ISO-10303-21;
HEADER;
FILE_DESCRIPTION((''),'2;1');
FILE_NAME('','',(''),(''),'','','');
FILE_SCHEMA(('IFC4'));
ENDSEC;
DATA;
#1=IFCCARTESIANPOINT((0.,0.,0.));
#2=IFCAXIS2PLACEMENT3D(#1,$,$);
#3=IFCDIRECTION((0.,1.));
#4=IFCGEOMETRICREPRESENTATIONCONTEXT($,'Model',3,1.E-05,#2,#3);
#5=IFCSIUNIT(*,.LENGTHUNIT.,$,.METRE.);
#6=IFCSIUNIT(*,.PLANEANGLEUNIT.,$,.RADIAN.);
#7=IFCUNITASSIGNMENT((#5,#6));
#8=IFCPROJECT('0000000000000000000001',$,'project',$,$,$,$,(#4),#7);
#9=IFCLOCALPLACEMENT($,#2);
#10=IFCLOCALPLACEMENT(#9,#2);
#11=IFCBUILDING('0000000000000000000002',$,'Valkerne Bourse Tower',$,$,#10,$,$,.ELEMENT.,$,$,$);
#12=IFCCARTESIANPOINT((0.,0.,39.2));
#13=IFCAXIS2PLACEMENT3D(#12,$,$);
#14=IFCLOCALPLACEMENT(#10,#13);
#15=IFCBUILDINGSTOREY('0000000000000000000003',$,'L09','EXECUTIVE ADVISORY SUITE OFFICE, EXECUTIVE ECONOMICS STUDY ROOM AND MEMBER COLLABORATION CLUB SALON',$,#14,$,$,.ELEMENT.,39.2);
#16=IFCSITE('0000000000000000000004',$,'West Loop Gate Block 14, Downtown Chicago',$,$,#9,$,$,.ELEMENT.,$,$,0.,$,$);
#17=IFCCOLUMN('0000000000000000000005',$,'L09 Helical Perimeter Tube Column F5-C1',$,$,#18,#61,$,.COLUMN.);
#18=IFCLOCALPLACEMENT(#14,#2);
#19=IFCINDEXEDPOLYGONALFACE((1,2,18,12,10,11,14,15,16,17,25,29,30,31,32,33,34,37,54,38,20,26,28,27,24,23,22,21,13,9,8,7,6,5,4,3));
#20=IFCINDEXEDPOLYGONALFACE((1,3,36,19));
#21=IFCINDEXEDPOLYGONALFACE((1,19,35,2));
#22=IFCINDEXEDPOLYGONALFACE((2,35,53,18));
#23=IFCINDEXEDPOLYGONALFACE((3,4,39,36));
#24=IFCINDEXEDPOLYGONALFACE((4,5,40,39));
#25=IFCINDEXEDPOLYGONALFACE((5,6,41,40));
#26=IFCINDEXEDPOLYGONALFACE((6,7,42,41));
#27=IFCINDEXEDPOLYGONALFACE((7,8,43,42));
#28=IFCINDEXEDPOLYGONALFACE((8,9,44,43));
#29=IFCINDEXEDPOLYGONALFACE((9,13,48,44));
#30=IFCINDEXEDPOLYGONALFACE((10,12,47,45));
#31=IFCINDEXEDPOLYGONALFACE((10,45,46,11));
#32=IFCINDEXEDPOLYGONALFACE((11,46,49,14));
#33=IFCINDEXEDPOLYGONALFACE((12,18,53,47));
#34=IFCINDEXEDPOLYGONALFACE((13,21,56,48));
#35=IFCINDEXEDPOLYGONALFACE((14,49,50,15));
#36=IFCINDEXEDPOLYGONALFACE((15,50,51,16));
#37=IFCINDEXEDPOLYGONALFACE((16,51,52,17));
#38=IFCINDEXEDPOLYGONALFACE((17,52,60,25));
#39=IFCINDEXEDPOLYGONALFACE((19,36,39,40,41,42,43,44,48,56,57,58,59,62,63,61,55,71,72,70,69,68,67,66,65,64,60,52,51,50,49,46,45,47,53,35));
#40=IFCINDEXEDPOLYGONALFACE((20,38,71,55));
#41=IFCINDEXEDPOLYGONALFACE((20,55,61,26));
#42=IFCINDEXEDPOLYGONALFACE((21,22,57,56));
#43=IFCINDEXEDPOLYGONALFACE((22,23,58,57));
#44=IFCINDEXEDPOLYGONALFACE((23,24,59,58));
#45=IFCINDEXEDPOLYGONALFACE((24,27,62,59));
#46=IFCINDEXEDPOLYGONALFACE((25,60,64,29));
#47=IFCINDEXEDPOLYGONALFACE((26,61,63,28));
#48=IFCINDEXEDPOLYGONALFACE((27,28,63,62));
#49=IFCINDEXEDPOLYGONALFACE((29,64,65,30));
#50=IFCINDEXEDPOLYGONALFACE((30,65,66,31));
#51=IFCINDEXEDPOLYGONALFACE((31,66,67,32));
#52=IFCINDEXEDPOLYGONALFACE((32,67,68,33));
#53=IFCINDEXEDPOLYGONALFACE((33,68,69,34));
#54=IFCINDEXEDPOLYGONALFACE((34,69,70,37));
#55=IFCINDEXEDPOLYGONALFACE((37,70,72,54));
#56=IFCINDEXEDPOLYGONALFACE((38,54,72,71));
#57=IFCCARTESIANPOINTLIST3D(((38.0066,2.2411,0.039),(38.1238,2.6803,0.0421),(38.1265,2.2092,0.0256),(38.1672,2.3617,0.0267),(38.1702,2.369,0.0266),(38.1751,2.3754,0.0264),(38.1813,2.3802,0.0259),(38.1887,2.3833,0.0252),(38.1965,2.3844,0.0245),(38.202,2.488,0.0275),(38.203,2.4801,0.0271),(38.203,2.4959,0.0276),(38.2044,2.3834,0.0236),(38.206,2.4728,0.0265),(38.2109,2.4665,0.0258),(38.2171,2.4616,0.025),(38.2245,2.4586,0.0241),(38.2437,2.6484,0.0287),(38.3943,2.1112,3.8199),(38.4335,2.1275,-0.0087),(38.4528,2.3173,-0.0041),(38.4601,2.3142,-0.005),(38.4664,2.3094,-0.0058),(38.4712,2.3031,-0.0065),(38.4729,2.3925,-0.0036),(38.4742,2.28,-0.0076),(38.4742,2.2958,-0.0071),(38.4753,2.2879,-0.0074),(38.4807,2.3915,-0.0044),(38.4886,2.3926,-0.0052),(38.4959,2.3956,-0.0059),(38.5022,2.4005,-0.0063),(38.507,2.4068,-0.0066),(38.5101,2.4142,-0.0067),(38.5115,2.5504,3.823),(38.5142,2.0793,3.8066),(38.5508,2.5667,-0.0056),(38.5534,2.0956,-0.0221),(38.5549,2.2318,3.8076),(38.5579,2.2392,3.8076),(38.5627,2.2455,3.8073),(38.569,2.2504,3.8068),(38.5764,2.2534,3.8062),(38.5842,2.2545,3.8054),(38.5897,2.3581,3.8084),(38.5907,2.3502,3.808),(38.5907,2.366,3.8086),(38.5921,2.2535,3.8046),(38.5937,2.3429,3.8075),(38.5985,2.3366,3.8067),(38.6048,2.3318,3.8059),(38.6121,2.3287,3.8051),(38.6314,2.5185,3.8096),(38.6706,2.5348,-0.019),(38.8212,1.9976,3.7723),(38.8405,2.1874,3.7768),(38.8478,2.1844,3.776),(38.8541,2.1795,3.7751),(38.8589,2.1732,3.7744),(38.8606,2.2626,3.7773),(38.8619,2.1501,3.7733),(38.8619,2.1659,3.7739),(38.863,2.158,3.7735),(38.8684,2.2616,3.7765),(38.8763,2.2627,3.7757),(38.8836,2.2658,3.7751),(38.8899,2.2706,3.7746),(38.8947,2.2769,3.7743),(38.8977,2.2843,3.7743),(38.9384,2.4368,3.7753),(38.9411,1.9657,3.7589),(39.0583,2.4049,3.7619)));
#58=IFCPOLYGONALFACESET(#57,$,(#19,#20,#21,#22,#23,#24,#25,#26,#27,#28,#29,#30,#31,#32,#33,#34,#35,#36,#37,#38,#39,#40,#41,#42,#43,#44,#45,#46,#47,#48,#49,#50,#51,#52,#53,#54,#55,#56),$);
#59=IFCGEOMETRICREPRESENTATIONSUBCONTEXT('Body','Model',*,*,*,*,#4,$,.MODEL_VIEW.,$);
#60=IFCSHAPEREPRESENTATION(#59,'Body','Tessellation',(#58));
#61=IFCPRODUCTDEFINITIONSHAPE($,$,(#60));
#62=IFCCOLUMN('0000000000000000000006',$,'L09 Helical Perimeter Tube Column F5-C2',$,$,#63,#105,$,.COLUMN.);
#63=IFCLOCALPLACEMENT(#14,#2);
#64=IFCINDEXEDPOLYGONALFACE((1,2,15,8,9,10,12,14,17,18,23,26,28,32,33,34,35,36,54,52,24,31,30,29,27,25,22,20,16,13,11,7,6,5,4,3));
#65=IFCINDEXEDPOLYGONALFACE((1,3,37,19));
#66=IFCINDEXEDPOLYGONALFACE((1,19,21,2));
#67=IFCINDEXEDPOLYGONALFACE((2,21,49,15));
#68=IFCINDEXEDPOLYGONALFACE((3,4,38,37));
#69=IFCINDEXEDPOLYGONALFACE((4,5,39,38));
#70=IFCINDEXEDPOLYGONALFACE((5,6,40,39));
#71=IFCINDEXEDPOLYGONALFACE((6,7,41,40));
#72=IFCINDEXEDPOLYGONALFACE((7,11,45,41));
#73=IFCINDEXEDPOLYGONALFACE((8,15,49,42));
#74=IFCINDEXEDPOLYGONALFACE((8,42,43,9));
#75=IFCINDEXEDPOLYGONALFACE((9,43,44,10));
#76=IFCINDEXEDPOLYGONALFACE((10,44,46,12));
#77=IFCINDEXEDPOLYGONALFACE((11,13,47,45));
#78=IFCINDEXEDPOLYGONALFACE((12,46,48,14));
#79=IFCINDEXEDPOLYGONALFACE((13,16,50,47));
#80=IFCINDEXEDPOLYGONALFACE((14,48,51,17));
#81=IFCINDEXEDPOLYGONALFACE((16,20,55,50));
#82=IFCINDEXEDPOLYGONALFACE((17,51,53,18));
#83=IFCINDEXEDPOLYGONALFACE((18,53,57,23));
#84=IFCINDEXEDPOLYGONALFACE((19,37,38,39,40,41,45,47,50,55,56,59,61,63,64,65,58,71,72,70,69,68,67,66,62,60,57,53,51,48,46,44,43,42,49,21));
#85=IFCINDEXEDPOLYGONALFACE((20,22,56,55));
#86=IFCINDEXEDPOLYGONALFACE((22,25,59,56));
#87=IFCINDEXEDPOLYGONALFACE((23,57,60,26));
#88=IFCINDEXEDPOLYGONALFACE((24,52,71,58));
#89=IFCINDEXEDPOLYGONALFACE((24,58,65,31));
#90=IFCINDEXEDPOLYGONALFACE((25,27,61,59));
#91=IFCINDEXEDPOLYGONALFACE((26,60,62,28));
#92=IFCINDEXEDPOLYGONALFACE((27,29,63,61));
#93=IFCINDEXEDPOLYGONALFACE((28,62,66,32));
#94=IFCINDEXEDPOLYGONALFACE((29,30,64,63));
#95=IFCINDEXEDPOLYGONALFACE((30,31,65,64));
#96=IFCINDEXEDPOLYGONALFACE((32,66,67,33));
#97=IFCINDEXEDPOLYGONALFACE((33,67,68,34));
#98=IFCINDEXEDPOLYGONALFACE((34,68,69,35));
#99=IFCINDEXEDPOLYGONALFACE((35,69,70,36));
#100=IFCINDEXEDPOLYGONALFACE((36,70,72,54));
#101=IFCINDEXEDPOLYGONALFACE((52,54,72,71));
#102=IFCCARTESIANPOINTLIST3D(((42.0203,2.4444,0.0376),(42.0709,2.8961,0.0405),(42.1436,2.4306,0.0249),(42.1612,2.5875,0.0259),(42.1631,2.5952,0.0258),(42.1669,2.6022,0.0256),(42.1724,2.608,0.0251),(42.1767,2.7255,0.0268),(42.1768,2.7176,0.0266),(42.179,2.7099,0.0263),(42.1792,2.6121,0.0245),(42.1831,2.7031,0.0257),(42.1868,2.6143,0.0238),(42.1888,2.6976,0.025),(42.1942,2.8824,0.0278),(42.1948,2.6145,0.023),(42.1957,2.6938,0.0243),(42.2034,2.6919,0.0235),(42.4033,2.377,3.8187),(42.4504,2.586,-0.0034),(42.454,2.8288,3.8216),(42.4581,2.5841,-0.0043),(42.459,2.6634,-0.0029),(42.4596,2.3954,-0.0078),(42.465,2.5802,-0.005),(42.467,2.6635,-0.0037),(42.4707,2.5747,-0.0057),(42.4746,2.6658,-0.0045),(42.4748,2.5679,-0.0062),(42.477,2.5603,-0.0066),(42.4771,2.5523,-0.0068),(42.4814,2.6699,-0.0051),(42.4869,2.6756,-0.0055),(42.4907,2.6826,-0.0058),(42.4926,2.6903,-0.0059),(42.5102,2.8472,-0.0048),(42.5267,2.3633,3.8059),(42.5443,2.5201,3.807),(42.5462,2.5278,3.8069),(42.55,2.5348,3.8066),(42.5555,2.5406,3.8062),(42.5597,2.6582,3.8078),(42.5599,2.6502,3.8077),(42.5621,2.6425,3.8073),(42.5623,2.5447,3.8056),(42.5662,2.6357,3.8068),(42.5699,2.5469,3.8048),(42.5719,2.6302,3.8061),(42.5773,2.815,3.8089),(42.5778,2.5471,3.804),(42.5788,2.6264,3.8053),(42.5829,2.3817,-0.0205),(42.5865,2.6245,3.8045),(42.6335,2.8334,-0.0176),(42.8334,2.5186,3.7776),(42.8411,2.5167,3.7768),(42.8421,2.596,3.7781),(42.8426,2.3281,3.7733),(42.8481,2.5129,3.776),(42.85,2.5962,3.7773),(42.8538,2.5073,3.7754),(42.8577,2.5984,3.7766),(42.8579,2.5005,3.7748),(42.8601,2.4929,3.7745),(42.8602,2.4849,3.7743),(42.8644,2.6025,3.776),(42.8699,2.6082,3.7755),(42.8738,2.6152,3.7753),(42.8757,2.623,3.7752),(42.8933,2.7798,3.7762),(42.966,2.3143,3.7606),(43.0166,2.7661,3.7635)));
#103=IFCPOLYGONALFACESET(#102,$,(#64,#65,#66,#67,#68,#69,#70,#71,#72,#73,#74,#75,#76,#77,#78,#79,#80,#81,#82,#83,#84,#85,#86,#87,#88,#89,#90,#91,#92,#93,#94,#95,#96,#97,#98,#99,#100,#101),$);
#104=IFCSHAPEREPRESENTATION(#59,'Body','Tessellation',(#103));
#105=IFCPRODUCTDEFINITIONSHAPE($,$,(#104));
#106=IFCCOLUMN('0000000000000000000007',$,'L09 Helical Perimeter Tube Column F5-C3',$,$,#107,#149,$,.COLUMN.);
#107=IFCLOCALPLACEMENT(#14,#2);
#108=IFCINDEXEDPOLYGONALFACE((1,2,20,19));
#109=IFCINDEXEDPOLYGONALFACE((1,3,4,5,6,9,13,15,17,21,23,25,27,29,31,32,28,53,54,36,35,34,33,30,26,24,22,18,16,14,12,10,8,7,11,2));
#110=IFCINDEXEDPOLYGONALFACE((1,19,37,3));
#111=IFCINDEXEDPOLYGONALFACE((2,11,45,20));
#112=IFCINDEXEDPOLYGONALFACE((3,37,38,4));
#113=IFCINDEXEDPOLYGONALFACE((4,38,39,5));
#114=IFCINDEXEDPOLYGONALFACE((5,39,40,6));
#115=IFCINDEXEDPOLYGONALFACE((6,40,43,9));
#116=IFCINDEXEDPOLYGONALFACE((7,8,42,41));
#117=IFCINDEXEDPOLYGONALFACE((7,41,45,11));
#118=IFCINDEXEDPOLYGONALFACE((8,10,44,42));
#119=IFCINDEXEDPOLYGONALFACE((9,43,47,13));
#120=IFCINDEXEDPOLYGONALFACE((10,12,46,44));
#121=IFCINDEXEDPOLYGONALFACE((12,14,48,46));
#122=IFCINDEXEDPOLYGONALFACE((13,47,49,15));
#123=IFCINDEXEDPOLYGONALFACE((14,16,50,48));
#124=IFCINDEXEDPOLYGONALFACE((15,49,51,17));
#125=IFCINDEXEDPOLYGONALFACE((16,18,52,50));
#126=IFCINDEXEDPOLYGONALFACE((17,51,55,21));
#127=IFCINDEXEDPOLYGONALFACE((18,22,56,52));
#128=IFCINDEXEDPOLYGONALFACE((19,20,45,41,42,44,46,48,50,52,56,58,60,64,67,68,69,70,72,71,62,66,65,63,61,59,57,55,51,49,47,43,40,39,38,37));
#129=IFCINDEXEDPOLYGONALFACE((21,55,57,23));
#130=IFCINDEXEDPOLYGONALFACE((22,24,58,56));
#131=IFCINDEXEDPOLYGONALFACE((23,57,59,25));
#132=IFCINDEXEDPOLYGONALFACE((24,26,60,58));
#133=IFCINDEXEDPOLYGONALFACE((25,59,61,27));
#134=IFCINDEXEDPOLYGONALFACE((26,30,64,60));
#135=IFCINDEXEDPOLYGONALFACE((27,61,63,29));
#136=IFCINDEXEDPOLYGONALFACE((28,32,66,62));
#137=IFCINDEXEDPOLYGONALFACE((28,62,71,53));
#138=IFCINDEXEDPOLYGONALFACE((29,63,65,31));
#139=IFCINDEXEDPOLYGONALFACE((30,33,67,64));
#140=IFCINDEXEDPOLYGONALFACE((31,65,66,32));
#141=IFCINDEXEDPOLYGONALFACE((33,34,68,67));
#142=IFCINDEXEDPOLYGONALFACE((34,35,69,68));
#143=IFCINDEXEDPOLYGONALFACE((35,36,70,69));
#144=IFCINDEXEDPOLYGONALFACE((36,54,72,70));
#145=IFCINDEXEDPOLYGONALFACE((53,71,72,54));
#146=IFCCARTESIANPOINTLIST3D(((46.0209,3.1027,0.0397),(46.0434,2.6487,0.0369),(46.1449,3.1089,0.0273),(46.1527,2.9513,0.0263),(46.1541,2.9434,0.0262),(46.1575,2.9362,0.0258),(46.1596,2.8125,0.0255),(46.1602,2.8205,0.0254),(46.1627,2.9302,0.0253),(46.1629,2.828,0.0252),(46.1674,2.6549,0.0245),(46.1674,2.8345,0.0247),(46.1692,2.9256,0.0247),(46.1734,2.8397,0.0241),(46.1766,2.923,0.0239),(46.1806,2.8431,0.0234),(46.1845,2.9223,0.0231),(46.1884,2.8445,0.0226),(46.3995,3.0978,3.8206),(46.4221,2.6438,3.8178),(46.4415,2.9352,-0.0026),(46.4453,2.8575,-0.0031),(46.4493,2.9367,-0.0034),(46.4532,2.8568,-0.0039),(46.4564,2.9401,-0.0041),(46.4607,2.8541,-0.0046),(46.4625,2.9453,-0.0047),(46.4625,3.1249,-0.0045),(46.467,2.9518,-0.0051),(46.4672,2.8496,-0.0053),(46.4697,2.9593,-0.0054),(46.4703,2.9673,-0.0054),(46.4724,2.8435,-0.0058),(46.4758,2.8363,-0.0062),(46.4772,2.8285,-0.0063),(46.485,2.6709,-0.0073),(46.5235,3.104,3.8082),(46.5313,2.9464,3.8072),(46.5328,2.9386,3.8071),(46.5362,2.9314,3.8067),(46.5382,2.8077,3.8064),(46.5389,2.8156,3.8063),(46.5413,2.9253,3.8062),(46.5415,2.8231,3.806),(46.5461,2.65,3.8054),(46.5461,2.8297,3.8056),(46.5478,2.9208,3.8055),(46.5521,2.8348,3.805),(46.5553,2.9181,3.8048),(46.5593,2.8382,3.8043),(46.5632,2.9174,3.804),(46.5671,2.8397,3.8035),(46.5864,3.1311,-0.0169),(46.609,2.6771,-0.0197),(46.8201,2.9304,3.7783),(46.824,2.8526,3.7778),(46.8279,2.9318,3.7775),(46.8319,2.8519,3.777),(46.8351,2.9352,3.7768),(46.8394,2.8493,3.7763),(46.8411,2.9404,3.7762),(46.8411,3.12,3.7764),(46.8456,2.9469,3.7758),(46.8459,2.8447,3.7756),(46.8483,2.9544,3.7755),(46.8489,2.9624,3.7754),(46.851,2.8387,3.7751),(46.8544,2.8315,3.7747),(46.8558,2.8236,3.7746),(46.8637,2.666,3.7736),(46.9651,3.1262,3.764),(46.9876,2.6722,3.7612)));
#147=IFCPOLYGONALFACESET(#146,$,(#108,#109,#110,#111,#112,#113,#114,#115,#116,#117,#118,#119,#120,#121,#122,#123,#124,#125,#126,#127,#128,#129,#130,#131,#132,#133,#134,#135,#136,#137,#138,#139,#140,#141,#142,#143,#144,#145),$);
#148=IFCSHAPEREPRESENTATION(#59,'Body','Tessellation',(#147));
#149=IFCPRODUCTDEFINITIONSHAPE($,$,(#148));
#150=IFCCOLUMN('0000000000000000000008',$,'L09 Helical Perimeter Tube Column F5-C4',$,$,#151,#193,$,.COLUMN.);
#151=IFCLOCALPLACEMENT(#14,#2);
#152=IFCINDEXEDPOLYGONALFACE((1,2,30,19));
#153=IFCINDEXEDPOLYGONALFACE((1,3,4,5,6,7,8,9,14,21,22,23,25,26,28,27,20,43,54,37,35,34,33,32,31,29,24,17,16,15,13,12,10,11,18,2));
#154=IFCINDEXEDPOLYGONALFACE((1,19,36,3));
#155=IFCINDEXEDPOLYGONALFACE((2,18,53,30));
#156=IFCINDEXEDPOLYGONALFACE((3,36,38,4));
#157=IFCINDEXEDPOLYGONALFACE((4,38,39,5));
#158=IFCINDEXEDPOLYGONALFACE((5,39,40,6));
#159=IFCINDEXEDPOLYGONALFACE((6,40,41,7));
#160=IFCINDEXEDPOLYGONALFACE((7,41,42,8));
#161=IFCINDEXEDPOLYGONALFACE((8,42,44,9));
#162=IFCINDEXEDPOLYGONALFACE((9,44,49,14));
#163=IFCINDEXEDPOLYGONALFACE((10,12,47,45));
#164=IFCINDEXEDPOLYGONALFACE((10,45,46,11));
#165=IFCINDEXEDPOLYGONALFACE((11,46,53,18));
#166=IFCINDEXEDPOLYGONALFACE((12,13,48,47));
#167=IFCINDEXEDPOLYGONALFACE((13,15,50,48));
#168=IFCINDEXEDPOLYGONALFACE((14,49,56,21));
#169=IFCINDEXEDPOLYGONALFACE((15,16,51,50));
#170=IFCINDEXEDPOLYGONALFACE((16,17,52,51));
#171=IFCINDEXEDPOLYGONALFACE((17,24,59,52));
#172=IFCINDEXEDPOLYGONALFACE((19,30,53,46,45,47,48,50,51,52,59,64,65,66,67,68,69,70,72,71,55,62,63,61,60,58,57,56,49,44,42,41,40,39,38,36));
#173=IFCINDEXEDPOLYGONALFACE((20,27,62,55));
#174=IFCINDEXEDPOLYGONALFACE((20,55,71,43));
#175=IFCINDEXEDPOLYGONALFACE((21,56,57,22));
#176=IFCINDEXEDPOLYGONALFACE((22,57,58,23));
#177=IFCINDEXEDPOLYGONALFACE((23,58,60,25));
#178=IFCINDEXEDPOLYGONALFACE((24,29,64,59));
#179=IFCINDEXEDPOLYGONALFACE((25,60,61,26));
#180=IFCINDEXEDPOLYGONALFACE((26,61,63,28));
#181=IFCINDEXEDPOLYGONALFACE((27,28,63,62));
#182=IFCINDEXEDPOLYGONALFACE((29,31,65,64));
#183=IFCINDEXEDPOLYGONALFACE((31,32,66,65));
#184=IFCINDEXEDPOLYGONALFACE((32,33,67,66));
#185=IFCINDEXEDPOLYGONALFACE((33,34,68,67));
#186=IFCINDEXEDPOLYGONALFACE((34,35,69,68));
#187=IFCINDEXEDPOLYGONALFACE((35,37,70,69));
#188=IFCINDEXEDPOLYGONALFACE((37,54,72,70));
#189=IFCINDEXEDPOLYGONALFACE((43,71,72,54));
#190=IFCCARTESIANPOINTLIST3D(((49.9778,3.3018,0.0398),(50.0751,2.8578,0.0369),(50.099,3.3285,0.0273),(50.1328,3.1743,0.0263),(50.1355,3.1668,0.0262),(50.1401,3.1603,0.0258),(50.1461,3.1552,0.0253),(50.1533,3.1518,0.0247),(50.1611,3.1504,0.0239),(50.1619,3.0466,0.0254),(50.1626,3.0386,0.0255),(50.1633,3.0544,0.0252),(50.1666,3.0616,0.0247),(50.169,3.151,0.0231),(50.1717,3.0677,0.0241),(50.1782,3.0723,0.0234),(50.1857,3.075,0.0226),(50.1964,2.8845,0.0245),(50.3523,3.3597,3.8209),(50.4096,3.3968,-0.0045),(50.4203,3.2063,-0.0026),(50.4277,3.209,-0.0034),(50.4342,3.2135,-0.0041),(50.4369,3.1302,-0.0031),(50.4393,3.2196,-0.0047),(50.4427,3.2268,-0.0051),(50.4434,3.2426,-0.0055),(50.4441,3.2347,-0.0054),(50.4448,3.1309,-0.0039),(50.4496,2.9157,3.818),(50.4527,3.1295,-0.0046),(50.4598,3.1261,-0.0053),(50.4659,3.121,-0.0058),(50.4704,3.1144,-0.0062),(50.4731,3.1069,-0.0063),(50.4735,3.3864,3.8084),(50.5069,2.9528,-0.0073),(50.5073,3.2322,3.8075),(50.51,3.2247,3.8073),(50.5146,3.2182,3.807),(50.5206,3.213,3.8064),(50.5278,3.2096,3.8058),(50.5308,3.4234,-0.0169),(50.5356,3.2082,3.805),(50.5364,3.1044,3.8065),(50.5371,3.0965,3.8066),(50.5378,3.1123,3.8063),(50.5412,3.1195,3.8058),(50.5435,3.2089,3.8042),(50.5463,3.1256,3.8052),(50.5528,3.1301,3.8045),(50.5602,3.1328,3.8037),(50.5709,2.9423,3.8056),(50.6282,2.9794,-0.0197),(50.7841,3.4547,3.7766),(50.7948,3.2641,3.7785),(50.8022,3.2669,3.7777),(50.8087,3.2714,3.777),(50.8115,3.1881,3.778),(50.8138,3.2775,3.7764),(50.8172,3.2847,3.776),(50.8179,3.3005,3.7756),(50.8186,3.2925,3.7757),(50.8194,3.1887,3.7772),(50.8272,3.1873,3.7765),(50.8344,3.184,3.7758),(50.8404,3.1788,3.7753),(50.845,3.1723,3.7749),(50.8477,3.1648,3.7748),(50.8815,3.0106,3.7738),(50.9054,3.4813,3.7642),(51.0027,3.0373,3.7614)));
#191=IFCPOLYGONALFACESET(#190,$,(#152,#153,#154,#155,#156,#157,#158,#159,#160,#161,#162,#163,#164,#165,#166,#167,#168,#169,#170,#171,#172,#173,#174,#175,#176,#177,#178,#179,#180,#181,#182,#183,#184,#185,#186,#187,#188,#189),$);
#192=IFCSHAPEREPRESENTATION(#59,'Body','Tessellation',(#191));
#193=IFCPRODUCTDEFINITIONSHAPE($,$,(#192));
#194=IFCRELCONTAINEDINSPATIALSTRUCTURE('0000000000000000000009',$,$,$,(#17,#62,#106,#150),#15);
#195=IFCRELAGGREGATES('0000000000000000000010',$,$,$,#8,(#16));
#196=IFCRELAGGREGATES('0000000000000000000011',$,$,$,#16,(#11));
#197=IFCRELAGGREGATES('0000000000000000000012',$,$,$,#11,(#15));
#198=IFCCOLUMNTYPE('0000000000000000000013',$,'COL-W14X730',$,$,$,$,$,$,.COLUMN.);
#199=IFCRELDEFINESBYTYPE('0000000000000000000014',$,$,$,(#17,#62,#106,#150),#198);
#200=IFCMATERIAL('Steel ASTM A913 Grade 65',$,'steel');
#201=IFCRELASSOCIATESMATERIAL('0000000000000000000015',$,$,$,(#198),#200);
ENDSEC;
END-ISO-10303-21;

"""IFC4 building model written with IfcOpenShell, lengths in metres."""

from ifc_helpers import new_model, si_unit, direction, frame, origin, origin_2d, place, context, subcontext, project, spatial, i_section, extrude, material, material_profile, profile_set, type_object, element, save


model = new_model("IFC4")

# Units and contexts
model_context = context("Model", 3, precision=1e-05, world=origin(), true_north=direction((0.0, 1.0)))
body_context = subcontext(model_context, "Body", "Model", "MODEL_VIEW")
ifc_project = project(units=[si_unit("LENGTHUNIT", "METRE"), si_unit("PLANEANGLEUNIT", "RADIAN")], contexts=[model_context])

# Site, building, storey
site_placement = place(None, origin())
site = spatial("IfcSite", under=ifc_project, at=site_placement, Name="West Loop Gate Block 14, Downtown Chicago", CompositionType="ELEMENT", RefElevation=0.0)
building_placement = place(site_placement, origin())
building = spatial("IfcBuilding", under=site, at=building_placement, Name="Valkerne Bourse Tower", CompositionType="ELEMENT")
storey_placement = place(building_placement, frame((0.0, 0.0, 39.2)))
storey = spatial("IfcBuildingStorey", under=building, at=storey_placement, Name="L09", Description="EXECUTIVE ADVISORY SUITE OFFICE, EXECUTIVE ECONOMICS STUDY ROOM AND MEMBER COLLABORATION CLUB SALON", CompositionType="ELEMENT", Elevation=39.2)

# Columns
ifc_material_1 = material(Name="Steel ASTM A913 Grade 65", Category="steel")
ifc_material_profile_1 = material_profile(ifc_material_1, i_section(OverallWidth=0.4546, OverallDepth=0.5691, WebThickness=0.0779, FlangeThickness=0.1248, FilletRadius=0.0305, at=origin_2d()), Name="W14X730")
ifc_profile_set_1 = profile_set([ifc_material_profile_1], Name="Steel ASTM A913 Grade 65")
column_type = type_object("IfcColumnType", Name="COL-W14X730", PredefinedType="COLUMN", material=ifc_profile_set_1)
column_1_placement = place(storey_placement, frame((38.3386, 2.3879, 0.01), z_axis=(0.101943, -0.034152, 0.994204), x_axis=(0.25784, 0.966164, 0.006751)))
element("IfcColumn", 1, at=column_1_placement, inside=storey, type_object=column_type, Name="L09 Helical Perimeter Tube Column F5-C1", PredefinedType="COLUMN", context=body_context, shape_type="SweptSolid", body=[
    extrude(i_section(OverallWidth=0.4546, OverallDepth=0.5691, WebThickness=0.0779, FlangeThickness=0.1248, FilletRadius=0.0305, at=origin_2d()), origin(), (0.0, 0.0, 1.0), 3.803),
])
column_2_placement = place(storey_placement, frame((42.3269, 2.6389, 0.01), z_axis=(0.100779, -0.017728, 0.994751), x_axis=(0.11139, 0.993756, 0.006425)))
element("IfcColumn", 2, at=column_2_placement, inside=storey, type_object=column_type, Name="L09 Helical Perimeter Tube Column F5-C2", PredefinedType="COLUMN", context=body_context, shape_type="SweptSolid", body=[
    extrude(i_section(OverallWidth=0.4546, OverallDepth=0.5691, WebThickness=0.0779, FlangeThickness=0.1248, FilletRadius=0.0305, at=origin_2d()), origin(), (0.0, 0.0, 1.0), 3.801),
])
column_3_placement = place(storey_placement, frame((46.3149, 2.8899, 0.01), z_axis=(0.09965, -0.001285, 0.995022), x_axis=(-0.049604, 0.998749, 0.006258)))
element("IfcColumn", 3, at=column_3_placement, inside=storey, type_object=column_type, Name="L09 Helical Perimeter Tube Column F5-C3", PredefinedType="COLUMN", context=body_context, shape_type="SweptSolid", body=[
    extrude(i_section(OverallWidth=0.4546, OverallDepth=0.5691, WebThickness=0.0779, FlangeThickness=0.1248, FilletRadius=0.0305, at=origin_2d()), origin(), (0.0, 0.0, 1.0), 3.7998),
])
column_4_placement = place(storey_placement, frame((50.303, 3.1406, 0.01), z_axis=(0.098557, 0.015227, 0.995015), x_axis=(-0.21413, 0.976785, 0.006262)))
element("IfcColumn", 4, at=column_4_placement, inside=storey, type_object=column_type, Name="L09 Helical Perimeter Tube Column F5-C4", PredefinedType="COLUMN", context=body_context, shape_type="SweptSolid", body=[
    extrude(i_section(OverallWidth=0.4546, OverallDepth=0.5691, WebThickness=0.0779, FlangeThickness=0.1248, FilletRadius=0.0305, at=origin_2d()), origin(), (0.0, 0.0, 1.0), 3.8),
])

save(model, "model.ifc")
